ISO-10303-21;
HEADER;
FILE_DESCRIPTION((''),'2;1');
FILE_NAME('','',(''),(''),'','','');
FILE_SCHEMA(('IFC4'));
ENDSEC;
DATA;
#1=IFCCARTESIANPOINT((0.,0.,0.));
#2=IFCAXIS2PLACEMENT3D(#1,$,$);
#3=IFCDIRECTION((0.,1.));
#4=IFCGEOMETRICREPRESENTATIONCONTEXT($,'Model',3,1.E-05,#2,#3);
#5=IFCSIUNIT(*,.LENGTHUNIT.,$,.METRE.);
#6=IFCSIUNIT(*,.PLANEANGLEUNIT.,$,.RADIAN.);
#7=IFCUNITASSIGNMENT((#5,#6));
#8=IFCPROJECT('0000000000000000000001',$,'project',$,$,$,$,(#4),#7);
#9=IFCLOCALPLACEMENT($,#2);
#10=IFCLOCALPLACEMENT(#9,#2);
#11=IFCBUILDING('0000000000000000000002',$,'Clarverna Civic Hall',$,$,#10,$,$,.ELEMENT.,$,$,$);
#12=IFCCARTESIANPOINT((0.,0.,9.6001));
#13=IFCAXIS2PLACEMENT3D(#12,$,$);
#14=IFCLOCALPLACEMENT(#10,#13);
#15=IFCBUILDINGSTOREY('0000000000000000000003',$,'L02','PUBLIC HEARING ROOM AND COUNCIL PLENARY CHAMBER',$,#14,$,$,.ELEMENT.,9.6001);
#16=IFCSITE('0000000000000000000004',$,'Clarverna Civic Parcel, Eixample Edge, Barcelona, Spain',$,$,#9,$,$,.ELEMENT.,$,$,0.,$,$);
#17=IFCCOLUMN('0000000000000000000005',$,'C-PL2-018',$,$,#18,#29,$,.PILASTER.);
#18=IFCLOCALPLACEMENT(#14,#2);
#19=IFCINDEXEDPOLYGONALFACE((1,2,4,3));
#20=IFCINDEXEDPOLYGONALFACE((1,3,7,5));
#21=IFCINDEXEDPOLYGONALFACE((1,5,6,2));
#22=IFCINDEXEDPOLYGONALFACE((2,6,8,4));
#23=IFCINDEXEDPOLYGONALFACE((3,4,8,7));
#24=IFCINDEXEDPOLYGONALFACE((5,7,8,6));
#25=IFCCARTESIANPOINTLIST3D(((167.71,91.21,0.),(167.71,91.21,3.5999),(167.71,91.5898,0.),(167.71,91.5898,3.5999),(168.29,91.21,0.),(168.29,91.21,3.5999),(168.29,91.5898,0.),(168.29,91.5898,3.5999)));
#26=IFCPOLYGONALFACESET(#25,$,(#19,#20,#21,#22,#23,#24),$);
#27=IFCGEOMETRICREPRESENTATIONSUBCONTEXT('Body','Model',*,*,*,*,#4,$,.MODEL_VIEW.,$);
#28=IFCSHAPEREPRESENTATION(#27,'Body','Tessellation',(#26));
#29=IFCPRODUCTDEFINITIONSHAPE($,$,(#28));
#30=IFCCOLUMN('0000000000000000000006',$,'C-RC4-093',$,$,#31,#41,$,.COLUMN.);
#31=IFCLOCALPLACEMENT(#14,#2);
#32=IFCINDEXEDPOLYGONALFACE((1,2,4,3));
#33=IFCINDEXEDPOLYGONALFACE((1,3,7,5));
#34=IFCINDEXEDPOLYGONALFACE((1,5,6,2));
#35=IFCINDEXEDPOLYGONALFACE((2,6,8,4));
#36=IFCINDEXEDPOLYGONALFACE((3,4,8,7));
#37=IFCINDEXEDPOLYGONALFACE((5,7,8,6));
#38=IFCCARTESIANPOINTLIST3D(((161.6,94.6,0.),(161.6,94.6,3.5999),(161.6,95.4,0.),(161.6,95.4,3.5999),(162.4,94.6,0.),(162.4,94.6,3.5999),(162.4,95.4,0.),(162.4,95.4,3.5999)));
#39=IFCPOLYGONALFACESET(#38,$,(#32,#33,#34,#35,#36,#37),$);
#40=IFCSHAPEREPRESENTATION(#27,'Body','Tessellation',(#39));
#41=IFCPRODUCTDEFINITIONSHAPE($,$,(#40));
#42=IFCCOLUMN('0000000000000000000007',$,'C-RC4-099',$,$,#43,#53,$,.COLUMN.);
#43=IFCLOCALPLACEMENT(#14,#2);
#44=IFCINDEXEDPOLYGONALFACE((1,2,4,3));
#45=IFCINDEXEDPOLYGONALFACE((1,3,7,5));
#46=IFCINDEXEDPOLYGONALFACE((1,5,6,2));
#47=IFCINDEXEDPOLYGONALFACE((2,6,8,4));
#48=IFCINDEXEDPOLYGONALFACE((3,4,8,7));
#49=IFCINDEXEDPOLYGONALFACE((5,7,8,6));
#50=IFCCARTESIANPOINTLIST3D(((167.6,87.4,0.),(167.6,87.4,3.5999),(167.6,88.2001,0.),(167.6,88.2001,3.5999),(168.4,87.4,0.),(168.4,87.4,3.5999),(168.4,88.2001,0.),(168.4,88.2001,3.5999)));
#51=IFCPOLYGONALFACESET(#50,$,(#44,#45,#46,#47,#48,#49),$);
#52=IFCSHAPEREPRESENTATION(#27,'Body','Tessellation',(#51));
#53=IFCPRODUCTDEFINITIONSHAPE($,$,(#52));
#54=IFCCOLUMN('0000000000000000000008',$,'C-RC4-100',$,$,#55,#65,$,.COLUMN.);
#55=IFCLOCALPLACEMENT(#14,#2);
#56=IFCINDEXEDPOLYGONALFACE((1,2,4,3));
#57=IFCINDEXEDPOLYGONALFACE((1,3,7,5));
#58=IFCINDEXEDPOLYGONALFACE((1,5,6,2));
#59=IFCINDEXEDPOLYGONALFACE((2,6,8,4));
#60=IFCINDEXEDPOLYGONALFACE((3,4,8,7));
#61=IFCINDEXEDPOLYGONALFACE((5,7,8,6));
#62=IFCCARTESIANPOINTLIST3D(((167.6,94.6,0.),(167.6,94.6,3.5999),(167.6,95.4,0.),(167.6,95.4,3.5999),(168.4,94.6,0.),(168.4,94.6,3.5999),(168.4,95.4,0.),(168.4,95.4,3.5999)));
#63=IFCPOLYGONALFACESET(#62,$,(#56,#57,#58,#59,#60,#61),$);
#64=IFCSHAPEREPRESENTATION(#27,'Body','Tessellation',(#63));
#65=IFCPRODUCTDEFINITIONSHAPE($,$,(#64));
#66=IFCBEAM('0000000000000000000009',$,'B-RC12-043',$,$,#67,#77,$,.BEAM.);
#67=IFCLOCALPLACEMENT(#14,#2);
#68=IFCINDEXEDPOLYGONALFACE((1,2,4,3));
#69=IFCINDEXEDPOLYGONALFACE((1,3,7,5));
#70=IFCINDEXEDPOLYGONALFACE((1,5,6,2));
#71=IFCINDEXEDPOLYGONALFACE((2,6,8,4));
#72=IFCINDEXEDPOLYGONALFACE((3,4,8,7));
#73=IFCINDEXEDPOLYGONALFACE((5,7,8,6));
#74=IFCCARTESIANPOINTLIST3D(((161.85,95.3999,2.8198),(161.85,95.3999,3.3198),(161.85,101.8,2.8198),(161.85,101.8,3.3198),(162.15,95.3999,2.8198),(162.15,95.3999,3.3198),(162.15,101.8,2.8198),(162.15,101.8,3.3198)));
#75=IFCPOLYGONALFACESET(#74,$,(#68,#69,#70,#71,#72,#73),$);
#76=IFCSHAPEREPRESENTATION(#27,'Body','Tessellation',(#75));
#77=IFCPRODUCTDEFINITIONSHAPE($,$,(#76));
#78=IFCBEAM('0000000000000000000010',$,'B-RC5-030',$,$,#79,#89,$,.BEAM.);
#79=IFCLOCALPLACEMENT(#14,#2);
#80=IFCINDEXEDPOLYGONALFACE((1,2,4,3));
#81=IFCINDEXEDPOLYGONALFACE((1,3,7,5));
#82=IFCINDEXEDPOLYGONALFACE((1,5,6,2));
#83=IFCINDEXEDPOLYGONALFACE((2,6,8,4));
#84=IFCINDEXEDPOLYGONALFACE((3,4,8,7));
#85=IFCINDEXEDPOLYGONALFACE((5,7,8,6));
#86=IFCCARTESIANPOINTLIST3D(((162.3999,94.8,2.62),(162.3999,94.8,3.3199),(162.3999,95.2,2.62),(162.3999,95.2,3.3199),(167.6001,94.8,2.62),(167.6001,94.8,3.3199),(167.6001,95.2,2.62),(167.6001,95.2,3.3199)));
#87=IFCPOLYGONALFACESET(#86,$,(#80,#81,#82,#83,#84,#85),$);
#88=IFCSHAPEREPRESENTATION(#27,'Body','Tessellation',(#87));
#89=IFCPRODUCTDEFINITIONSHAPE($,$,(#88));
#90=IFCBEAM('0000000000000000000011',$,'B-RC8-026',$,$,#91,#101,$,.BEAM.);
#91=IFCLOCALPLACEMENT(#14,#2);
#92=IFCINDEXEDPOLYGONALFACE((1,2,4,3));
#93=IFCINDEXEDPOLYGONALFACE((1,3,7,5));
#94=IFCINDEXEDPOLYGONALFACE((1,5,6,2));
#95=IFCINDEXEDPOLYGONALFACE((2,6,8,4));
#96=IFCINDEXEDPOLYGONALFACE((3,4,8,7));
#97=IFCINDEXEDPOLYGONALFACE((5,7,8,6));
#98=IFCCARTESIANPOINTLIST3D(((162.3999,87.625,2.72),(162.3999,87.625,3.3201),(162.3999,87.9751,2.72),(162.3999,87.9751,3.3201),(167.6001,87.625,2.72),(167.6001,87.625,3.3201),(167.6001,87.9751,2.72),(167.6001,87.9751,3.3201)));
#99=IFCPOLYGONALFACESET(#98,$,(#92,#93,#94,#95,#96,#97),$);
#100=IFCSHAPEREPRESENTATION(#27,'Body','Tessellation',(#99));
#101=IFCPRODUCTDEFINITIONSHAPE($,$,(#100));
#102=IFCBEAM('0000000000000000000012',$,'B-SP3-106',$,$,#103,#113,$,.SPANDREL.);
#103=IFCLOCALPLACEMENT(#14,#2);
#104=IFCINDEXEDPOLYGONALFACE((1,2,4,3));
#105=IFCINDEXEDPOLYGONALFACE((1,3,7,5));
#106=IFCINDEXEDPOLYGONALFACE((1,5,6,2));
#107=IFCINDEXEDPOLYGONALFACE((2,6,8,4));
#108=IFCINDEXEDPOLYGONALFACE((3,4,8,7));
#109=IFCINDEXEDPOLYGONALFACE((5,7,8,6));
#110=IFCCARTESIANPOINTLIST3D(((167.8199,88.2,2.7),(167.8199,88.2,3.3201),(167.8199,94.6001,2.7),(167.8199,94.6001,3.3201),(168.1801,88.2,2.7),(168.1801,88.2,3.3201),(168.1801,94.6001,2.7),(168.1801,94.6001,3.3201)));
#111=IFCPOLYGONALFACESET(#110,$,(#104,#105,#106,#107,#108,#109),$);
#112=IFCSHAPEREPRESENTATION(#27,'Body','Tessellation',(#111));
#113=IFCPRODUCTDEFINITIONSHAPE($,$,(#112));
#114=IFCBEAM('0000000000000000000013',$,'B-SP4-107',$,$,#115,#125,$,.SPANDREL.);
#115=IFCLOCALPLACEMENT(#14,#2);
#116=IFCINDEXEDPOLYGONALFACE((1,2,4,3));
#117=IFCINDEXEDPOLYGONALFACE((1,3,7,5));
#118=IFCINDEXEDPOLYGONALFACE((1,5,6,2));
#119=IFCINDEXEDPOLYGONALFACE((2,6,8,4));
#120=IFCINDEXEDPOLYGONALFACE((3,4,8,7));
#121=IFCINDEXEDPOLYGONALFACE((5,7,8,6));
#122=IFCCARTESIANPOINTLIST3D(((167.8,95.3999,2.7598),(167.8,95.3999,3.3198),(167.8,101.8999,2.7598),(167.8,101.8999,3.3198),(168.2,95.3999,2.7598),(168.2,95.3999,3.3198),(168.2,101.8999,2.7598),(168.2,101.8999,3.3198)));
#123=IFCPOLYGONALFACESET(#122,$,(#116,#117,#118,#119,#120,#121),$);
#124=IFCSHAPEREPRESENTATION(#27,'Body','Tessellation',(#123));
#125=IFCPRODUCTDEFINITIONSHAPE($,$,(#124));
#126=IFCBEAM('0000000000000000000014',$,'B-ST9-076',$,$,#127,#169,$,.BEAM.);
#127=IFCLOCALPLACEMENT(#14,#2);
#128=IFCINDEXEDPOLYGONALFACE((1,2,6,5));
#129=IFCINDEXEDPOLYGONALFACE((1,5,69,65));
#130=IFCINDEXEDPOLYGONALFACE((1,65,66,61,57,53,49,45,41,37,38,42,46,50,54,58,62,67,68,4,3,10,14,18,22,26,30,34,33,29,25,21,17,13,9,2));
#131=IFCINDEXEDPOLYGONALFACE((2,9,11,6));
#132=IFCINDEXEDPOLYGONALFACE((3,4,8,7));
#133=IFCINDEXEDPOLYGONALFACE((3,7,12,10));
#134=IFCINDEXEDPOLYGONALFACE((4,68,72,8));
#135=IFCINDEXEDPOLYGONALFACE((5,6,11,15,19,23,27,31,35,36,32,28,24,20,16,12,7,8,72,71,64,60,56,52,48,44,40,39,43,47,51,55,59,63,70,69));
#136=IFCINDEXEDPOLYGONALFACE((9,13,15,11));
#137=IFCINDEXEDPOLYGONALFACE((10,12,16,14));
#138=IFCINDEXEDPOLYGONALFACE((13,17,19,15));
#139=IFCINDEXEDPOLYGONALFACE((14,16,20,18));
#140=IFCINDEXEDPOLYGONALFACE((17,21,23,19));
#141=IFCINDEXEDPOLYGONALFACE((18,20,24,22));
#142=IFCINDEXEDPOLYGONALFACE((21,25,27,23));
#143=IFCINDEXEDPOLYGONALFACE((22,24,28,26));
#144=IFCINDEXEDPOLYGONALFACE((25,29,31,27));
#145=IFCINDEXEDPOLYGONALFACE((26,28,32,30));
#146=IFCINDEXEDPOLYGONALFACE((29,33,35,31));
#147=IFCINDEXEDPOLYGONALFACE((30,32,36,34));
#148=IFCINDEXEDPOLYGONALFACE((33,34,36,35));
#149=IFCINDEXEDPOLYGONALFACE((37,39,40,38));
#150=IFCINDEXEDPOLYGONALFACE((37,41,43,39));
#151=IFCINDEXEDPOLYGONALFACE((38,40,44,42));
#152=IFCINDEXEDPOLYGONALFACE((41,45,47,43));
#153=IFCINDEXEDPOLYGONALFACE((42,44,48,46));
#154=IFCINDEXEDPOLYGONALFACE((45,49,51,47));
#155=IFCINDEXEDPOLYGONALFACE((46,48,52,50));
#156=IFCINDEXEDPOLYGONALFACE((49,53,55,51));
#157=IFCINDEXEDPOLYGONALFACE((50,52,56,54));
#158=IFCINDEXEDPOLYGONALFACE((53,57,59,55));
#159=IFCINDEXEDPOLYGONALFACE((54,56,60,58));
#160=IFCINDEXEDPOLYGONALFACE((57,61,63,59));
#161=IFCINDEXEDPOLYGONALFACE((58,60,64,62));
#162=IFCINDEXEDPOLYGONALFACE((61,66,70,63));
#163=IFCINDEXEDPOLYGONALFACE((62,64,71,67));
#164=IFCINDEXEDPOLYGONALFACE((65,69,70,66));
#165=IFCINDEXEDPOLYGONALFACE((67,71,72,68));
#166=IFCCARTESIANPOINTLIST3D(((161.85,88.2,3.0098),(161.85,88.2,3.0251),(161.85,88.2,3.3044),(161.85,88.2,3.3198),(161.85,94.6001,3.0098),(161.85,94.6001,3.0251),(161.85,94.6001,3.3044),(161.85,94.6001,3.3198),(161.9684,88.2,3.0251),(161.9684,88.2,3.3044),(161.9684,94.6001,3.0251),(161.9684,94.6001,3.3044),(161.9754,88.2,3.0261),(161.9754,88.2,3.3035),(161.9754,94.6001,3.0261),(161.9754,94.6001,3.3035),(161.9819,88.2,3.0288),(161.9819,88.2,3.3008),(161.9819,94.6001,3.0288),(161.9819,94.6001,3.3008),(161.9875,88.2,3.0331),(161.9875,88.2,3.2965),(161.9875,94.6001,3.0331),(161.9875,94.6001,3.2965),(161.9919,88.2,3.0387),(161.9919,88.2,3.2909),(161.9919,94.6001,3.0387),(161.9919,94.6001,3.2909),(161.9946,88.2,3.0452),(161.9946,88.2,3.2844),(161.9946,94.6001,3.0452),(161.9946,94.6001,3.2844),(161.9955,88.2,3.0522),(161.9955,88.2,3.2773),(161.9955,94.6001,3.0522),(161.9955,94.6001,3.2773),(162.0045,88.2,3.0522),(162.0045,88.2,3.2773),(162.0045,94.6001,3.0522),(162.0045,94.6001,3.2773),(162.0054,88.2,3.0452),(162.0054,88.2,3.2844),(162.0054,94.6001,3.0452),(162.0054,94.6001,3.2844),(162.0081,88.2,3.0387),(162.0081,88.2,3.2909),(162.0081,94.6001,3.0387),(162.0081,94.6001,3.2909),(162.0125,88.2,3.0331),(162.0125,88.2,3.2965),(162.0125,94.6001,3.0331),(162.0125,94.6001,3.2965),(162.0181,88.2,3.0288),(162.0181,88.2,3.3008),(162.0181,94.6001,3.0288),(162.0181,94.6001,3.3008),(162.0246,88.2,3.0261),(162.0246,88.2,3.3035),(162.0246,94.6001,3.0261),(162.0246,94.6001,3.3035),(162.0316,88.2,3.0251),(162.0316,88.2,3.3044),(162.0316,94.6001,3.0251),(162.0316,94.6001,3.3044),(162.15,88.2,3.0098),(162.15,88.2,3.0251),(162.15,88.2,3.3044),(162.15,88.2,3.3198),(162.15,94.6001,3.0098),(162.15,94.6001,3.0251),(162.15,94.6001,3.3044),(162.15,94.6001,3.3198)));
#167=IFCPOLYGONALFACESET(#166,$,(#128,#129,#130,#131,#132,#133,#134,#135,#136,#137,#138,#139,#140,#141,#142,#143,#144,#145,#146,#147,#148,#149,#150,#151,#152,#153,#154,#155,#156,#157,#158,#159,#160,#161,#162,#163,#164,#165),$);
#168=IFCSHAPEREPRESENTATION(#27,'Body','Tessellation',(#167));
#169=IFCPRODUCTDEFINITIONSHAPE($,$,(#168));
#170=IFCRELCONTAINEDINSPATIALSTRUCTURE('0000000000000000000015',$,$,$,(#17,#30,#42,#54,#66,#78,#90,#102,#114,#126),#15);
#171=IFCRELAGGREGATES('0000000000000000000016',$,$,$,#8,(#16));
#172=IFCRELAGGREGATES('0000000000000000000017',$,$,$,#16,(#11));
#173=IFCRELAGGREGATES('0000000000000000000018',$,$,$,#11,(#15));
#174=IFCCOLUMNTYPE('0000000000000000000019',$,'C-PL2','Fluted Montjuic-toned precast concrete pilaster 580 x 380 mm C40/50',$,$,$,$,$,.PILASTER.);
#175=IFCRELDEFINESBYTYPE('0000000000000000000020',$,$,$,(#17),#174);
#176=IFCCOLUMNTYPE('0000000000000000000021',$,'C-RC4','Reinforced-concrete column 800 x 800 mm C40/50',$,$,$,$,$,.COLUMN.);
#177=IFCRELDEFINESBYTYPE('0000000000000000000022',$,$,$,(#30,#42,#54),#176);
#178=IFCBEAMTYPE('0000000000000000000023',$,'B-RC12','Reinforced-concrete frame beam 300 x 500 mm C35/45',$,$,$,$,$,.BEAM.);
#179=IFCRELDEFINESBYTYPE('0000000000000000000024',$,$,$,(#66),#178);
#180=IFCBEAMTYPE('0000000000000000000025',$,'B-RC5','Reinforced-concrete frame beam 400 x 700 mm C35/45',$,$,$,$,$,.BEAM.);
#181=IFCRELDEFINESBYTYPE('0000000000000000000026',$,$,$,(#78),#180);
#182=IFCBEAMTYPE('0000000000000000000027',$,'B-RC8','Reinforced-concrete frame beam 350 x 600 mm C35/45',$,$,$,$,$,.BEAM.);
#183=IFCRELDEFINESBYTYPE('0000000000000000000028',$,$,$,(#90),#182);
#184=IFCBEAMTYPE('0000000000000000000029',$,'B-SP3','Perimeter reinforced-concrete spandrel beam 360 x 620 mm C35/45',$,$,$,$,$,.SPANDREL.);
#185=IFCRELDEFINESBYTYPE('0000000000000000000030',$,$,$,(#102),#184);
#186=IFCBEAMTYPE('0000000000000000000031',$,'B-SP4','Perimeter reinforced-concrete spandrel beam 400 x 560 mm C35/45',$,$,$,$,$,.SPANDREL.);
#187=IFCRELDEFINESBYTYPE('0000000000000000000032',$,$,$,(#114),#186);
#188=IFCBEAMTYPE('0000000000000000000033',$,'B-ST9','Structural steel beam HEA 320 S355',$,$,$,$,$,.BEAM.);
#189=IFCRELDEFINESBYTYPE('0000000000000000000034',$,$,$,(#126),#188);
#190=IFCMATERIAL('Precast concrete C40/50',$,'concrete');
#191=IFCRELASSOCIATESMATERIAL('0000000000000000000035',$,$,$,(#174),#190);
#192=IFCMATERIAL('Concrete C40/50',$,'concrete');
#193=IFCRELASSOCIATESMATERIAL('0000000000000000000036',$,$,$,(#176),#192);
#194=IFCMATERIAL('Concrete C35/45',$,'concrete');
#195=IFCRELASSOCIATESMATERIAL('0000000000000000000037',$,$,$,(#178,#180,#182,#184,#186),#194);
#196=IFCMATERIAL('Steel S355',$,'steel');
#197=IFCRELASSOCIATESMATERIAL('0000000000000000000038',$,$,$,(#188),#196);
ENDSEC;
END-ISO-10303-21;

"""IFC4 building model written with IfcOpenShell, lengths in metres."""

from ifc_helpers import new_model, si_unit, direction, frame, origin, origin_2d, place, context, subcontext, project, spatial, rectangle, i_section, extrude, material, material_profile, profile_set, type_object, element, save


model = new_model("IFC4")

# Units and contexts
model_context = context("Model", 3, precision=1e-05, world=origin(), true_north=direction((0.0, 1.0)))
body_context = subcontext(model_context, "Body", "Model", "MODEL_VIEW")
ifc_project = project(units=[si_unit("LENGTHUNIT", "METRE"), si_unit("PLANEANGLEUNIT", "RADIAN")], contexts=[model_context])

# Site, building, storey
site_placement = place(None, origin())
site = spatial("IfcSite", under=ifc_project, at=site_placement, Name="Clarverna Civic Parcel, Eixample Edge, Barcelona, Spain", CompositionType="ELEMENT", RefElevation=0.0)
building_placement = place(site_placement, origin())
building = spatial("IfcBuilding", under=site, at=building_placement, Name="Clarverna Civic Hall", CompositionType="ELEMENT")
storey_placement = place(building_placement, frame((0.0, 0.0, 9.6001)))
storey = spatial("IfcBuildingStorey", under=building, at=storey_placement, Name="L02", Description="PUBLIC HEARING ROOM AND COUNCIL PLENARY CHAMBER", CompositionType="ELEMENT", Elevation=9.6001)

# Columns
ifc_material_1 = material(Name="Precast concrete C40/50", Category="concrete")
ifc_material_profile_1 = material_profile(ifc_material_1, rectangle(XDim=0.5801, YDim=0.3799, at=origin_2d()), Name="PILASTER 580x380")
ifc_profile_set_1 = profile_set([ifc_material_profile_1], Name="Precast concrete C40/50")
column_type_1 = type_object("IfcColumnType", Name="C-PL2", Description="Fluted Montjuic-toned precast concrete pilaster 580 x 380 mm C40/50", PredefinedType="PILASTER", material=ifc_profile_set_1)
column_placement = place(storey_placement, frame((168.0, 91.3999, 0.0), z_axis=(0.0, 0.0, 1.0), x_axis=(1.0, 0.0, 0.0)))
element("IfcColumn", 1, at=column_placement, inside=storey, type_object=column_type_1, Name="C-PL2-018", PredefinedType="PILASTER", context=body_context, shape_type="SweptSolid", body=[
    extrude(rectangle(XDim=0.5801, YDim=0.3799, at=origin_2d()), origin(), (0.0, 0.0, 1.0), 3.5999),
])
ifc_material_2 = material(Name="Concrete C40/50", Category="concrete")
ifc_material_profile_2 = material_profile(ifc_material_2, rectangle(XDim=0.8, YDim=0.8, at=origin_2d()), Name="RC 800x800")
ifc_profile_set_2 = profile_set([ifc_material_profile_2], Name="Concrete C40/50")
column_type_2 = type_object("IfcColumnType", Name="C-RC4", Description="Reinforced-concrete column 800 x 800 mm C40/50", PredefinedType="COLUMN", material=ifc_profile_set_2)
for number, where, z_axis, x_axis, name in (
    (2, (162.0, 95.0, 0.0), (0.0, 0.0, 1.0), (1.0, 0.0, 0.0), "C-RC4-093"),
    (3, (168.0, 87.8, 0.0), (0.0, 0.0, 1.0), (1.0, 0.0, 0.0), "C-RC4-099"),
    (4, (168.0, 95.0, 0.0), (0.0, 0.0, 1.0), (1.0, 0.0, 0.0), "C-RC4-100"),
):
    element("IfcColumn", number, at=place(storey_placement, frame(where, z_axis=z_axis, x_axis=x_axis)), inside=storey, type_object=column_type_2, Name=name, PredefinedType="COLUMN", context=body_context, shape_type="SweptSolid", body=[
        extrude(rectangle(XDim=0.8, YDim=0.8, at=origin_2d()), origin(), (0.0, 0.0, 1.0), 3.5999),
    ])

# Beams
ifc_material_3 = material(Name="Concrete C35/45", Category="concrete")
ifc_material_profile_3 = material_profile(ifc_material_3, rectangle(XDim=0.3, YDim=0.5, at=origin_2d()), Name="RC 300x500")
ifc_profile_set_3 = profile_set([ifc_material_profile_3], Name="Concrete C35/45")
beam_type_1 = type_object("IfcBeamType", Name="B-RC12", Description="Reinforced-concrete frame beam 300 x 500 mm C35/45", PredefinedType="BEAM", material=ifc_profile_set_3)
beam_1_placement = place(storey_placement, frame((162.0, 95.3999, 3.0698), z_axis=(0.0, 1.0, 0.0), x_axis=(-1.0, 0.0, 0.0)))
element("IfcBeam", 5, at=beam_1_placement, inside=storey, type_object=beam_type_1, Name="B-RC12-043", PredefinedType="BEAM", context=body_context, shape_type="SweptSolid", body=[
    extrude(rectangle(XDim=0.3, YDim=0.5, at=origin_2d()), origin(), (0.0, 0.0, 1.0), 6.4001),
])
ifc_material_profile_4 = material_profile(ifc_material_3, rectangle(XDim=0.3999, YDim=0.7, at=origin_2d()), Name="RC 400x700")
ifc_profile_set_4 = profile_set([ifc_material_profile_4], Name="Concrete C35/45")
beam_type_2 = type_object("IfcBeamType", Name="B-RC5", Description="Reinforced-concrete frame beam 400 x 700 mm C35/45", PredefinedType="BEAM", material=ifc_profile_set_4)
beam_2_placement = place(storey_placement, frame((162.3999, 95.0, 2.97), z_axis=(1.0, 0.0, 0.0), x_axis=(0.0, 1.0, 0.0)))
element("IfcBeam", 6, at=beam_2_placement, inside=storey, type_object=beam_type_2, Name="B-RC5-030", PredefinedType="BEAM", context=body_context, shape_type="SweptSolid", body=[
    extrude(rectangle(XDim=0.3999, YDim=0.7, at=origin_2d()), origin(), (0.0, 0.0, 1.0), 5.2002),
])
ifc_material_profile_5 = material_profile(ifc_material_3, rectangle(XDim=0.3501, YDim=0.6001, at=origin_2d()), Name="RC 350x600")
ifc_profile_set_5 = profile_set([ifc_material_profile_5], Name="Concrete C35/45")
beam_type_3 = type_object("IfcBeamType", Name="B-RC8", Description="Reinforced-concrete frame beam 350 x 600 mm C35/45", PredefinedType="BEAM", material=ifc_profile_set_5)
beam_3_placement = place(storey_placement, frame((162.3999, 87.8, 3.02), z_axis=(1.0, 0.0, 0.0), x_axis=(0.0, 1.0, 0.0)))
element("IfcBeam", 7, at=beam_3_placement, inside=storey, type_object=beam_type_3, Name="B-RC8-026", PredefinedType="BEAM", context=body_context, shape_type="SweptSolid", body=[
    extrude(rectangle(XDim=0.3501, YDim=0.6001, at=origin_2d()), origin(), (0.0, 0.0, 1.0), 5.2002),
])
ifc_material_profile_6 = material_profile(ifc_material_3, rectangle(XDim=0.3601, YDim=0.6201, at=origin_2d()), Name="RC 360x620")
ifc_profile_set_6 = profile_set([ifc_material_profile_6], Name="Concrete C35/45")
beam_type_4 = type_object("IfcBeamType", Name="B-SP3", Description="Perimeter reinforced-concrete spandrel beam 360 x 620 mm C35/45", PredefinedType="SPANDREL", material=ifc_profile_set_6)
beam_4_placement = place(storey_placement, frame((168.0, 88.2, 3.01), z_axis=(0.0, 1.0, 0.0), x_axis=(-1.0, 0.0, 0.0)))
element("IfcBeam", 8, at=beam_4_placement, inside=storey, type_object=beam_type_4, Name="B-SP3-106", PredefinedType="SPANDREL", context=body_context, shape_type="SweptSolid", body=[
    extrude(rectangle(XDim=0.3601, YDim=0.6201, at=origin_2d()), origin(), (0.0, 0.0, 1.0), 6.4001),
])
ifc_material_profile_7 = material_profile(ifc_material_3, rectangle(XDim=0.3999, YDim=0.5601, at=origin_2d()), Name="RC 400x560")
ifc_profile_set_7 = profile_set([ifc_material_profile_7], Name="Concrete C35/45")
beam_type_5 = type_object("IfcBeamType", Name="B-SP4", Description="Perimeter reinforced-concrete spandrel beam 400 x 560 mm C35/45", PredefinedType="SPANDREL", material=ifc_profile_set_7)
beam_5_placement = place(storey_placement, frame((168.0, 95.3999, 3.0398), z_axis=(0.0, 1.0, 0.0), x_axis=(-1.0, 0.0, 0.0)))
element("IfcBeam", 9, at=beam_5_placement, inside=storey, type_object=beam_type_5, Name="B-SP4-107", PredefinedType="SPANDREL", context=body_context, shape_type="SweptSolid", body=[
    extrude(rectangle(XDim=0.3999, YDim=0.5601, at=origin_2d()), origin(), (0.0, 0.0, 1.0), 6.5),
])
ifc_material_4 = material(Name="Steel S355", Category="steel")
ifc_material_profile_8 = material_profile(ifc_material_4, i_section(OverallWidth=0.3, OverallDepth=0.3101, WebThickness=0.009, FlangeThickness=0.0154, FilletRadius=0.0271, at=origin_2d()), Name="HEA 320")
ifc_profile_set_8 = profile_set([ifc_material_profile_8], Name="Steel S355")
beam_type_6 = type_object("IfcBeamType", Name="B-ST9", Description="Structural steel beam HEA 320 S355", PredefinedType="BEAM", material=ifc_profile_set_8)
beam_6_placement = place(storey_placement, frame((162.0, 88.2, 3.1648), z_axis=(0.0, 1.0, 0.0), x_axis=(-1.0, 0.0, 0.0)))
element("IfcBeam", 10, at=beam_6_placement, inside=storey, type_object=beam_type_6, Name="B-ST9-076", PredefinedType="BEAM", context=body_context, shape_type="SweptSolid", body=[
    extrude(i_section(OverallWidth=0.3, OverallDepth=0.3101, WebThickness=0.009, FlangeThickness=0.0154, FilletRadius=0.0271, at=origin_2d()), origin(), (0.0, 0.0, 1.0), 6.4001),
])

save(model, "model.ifc")
